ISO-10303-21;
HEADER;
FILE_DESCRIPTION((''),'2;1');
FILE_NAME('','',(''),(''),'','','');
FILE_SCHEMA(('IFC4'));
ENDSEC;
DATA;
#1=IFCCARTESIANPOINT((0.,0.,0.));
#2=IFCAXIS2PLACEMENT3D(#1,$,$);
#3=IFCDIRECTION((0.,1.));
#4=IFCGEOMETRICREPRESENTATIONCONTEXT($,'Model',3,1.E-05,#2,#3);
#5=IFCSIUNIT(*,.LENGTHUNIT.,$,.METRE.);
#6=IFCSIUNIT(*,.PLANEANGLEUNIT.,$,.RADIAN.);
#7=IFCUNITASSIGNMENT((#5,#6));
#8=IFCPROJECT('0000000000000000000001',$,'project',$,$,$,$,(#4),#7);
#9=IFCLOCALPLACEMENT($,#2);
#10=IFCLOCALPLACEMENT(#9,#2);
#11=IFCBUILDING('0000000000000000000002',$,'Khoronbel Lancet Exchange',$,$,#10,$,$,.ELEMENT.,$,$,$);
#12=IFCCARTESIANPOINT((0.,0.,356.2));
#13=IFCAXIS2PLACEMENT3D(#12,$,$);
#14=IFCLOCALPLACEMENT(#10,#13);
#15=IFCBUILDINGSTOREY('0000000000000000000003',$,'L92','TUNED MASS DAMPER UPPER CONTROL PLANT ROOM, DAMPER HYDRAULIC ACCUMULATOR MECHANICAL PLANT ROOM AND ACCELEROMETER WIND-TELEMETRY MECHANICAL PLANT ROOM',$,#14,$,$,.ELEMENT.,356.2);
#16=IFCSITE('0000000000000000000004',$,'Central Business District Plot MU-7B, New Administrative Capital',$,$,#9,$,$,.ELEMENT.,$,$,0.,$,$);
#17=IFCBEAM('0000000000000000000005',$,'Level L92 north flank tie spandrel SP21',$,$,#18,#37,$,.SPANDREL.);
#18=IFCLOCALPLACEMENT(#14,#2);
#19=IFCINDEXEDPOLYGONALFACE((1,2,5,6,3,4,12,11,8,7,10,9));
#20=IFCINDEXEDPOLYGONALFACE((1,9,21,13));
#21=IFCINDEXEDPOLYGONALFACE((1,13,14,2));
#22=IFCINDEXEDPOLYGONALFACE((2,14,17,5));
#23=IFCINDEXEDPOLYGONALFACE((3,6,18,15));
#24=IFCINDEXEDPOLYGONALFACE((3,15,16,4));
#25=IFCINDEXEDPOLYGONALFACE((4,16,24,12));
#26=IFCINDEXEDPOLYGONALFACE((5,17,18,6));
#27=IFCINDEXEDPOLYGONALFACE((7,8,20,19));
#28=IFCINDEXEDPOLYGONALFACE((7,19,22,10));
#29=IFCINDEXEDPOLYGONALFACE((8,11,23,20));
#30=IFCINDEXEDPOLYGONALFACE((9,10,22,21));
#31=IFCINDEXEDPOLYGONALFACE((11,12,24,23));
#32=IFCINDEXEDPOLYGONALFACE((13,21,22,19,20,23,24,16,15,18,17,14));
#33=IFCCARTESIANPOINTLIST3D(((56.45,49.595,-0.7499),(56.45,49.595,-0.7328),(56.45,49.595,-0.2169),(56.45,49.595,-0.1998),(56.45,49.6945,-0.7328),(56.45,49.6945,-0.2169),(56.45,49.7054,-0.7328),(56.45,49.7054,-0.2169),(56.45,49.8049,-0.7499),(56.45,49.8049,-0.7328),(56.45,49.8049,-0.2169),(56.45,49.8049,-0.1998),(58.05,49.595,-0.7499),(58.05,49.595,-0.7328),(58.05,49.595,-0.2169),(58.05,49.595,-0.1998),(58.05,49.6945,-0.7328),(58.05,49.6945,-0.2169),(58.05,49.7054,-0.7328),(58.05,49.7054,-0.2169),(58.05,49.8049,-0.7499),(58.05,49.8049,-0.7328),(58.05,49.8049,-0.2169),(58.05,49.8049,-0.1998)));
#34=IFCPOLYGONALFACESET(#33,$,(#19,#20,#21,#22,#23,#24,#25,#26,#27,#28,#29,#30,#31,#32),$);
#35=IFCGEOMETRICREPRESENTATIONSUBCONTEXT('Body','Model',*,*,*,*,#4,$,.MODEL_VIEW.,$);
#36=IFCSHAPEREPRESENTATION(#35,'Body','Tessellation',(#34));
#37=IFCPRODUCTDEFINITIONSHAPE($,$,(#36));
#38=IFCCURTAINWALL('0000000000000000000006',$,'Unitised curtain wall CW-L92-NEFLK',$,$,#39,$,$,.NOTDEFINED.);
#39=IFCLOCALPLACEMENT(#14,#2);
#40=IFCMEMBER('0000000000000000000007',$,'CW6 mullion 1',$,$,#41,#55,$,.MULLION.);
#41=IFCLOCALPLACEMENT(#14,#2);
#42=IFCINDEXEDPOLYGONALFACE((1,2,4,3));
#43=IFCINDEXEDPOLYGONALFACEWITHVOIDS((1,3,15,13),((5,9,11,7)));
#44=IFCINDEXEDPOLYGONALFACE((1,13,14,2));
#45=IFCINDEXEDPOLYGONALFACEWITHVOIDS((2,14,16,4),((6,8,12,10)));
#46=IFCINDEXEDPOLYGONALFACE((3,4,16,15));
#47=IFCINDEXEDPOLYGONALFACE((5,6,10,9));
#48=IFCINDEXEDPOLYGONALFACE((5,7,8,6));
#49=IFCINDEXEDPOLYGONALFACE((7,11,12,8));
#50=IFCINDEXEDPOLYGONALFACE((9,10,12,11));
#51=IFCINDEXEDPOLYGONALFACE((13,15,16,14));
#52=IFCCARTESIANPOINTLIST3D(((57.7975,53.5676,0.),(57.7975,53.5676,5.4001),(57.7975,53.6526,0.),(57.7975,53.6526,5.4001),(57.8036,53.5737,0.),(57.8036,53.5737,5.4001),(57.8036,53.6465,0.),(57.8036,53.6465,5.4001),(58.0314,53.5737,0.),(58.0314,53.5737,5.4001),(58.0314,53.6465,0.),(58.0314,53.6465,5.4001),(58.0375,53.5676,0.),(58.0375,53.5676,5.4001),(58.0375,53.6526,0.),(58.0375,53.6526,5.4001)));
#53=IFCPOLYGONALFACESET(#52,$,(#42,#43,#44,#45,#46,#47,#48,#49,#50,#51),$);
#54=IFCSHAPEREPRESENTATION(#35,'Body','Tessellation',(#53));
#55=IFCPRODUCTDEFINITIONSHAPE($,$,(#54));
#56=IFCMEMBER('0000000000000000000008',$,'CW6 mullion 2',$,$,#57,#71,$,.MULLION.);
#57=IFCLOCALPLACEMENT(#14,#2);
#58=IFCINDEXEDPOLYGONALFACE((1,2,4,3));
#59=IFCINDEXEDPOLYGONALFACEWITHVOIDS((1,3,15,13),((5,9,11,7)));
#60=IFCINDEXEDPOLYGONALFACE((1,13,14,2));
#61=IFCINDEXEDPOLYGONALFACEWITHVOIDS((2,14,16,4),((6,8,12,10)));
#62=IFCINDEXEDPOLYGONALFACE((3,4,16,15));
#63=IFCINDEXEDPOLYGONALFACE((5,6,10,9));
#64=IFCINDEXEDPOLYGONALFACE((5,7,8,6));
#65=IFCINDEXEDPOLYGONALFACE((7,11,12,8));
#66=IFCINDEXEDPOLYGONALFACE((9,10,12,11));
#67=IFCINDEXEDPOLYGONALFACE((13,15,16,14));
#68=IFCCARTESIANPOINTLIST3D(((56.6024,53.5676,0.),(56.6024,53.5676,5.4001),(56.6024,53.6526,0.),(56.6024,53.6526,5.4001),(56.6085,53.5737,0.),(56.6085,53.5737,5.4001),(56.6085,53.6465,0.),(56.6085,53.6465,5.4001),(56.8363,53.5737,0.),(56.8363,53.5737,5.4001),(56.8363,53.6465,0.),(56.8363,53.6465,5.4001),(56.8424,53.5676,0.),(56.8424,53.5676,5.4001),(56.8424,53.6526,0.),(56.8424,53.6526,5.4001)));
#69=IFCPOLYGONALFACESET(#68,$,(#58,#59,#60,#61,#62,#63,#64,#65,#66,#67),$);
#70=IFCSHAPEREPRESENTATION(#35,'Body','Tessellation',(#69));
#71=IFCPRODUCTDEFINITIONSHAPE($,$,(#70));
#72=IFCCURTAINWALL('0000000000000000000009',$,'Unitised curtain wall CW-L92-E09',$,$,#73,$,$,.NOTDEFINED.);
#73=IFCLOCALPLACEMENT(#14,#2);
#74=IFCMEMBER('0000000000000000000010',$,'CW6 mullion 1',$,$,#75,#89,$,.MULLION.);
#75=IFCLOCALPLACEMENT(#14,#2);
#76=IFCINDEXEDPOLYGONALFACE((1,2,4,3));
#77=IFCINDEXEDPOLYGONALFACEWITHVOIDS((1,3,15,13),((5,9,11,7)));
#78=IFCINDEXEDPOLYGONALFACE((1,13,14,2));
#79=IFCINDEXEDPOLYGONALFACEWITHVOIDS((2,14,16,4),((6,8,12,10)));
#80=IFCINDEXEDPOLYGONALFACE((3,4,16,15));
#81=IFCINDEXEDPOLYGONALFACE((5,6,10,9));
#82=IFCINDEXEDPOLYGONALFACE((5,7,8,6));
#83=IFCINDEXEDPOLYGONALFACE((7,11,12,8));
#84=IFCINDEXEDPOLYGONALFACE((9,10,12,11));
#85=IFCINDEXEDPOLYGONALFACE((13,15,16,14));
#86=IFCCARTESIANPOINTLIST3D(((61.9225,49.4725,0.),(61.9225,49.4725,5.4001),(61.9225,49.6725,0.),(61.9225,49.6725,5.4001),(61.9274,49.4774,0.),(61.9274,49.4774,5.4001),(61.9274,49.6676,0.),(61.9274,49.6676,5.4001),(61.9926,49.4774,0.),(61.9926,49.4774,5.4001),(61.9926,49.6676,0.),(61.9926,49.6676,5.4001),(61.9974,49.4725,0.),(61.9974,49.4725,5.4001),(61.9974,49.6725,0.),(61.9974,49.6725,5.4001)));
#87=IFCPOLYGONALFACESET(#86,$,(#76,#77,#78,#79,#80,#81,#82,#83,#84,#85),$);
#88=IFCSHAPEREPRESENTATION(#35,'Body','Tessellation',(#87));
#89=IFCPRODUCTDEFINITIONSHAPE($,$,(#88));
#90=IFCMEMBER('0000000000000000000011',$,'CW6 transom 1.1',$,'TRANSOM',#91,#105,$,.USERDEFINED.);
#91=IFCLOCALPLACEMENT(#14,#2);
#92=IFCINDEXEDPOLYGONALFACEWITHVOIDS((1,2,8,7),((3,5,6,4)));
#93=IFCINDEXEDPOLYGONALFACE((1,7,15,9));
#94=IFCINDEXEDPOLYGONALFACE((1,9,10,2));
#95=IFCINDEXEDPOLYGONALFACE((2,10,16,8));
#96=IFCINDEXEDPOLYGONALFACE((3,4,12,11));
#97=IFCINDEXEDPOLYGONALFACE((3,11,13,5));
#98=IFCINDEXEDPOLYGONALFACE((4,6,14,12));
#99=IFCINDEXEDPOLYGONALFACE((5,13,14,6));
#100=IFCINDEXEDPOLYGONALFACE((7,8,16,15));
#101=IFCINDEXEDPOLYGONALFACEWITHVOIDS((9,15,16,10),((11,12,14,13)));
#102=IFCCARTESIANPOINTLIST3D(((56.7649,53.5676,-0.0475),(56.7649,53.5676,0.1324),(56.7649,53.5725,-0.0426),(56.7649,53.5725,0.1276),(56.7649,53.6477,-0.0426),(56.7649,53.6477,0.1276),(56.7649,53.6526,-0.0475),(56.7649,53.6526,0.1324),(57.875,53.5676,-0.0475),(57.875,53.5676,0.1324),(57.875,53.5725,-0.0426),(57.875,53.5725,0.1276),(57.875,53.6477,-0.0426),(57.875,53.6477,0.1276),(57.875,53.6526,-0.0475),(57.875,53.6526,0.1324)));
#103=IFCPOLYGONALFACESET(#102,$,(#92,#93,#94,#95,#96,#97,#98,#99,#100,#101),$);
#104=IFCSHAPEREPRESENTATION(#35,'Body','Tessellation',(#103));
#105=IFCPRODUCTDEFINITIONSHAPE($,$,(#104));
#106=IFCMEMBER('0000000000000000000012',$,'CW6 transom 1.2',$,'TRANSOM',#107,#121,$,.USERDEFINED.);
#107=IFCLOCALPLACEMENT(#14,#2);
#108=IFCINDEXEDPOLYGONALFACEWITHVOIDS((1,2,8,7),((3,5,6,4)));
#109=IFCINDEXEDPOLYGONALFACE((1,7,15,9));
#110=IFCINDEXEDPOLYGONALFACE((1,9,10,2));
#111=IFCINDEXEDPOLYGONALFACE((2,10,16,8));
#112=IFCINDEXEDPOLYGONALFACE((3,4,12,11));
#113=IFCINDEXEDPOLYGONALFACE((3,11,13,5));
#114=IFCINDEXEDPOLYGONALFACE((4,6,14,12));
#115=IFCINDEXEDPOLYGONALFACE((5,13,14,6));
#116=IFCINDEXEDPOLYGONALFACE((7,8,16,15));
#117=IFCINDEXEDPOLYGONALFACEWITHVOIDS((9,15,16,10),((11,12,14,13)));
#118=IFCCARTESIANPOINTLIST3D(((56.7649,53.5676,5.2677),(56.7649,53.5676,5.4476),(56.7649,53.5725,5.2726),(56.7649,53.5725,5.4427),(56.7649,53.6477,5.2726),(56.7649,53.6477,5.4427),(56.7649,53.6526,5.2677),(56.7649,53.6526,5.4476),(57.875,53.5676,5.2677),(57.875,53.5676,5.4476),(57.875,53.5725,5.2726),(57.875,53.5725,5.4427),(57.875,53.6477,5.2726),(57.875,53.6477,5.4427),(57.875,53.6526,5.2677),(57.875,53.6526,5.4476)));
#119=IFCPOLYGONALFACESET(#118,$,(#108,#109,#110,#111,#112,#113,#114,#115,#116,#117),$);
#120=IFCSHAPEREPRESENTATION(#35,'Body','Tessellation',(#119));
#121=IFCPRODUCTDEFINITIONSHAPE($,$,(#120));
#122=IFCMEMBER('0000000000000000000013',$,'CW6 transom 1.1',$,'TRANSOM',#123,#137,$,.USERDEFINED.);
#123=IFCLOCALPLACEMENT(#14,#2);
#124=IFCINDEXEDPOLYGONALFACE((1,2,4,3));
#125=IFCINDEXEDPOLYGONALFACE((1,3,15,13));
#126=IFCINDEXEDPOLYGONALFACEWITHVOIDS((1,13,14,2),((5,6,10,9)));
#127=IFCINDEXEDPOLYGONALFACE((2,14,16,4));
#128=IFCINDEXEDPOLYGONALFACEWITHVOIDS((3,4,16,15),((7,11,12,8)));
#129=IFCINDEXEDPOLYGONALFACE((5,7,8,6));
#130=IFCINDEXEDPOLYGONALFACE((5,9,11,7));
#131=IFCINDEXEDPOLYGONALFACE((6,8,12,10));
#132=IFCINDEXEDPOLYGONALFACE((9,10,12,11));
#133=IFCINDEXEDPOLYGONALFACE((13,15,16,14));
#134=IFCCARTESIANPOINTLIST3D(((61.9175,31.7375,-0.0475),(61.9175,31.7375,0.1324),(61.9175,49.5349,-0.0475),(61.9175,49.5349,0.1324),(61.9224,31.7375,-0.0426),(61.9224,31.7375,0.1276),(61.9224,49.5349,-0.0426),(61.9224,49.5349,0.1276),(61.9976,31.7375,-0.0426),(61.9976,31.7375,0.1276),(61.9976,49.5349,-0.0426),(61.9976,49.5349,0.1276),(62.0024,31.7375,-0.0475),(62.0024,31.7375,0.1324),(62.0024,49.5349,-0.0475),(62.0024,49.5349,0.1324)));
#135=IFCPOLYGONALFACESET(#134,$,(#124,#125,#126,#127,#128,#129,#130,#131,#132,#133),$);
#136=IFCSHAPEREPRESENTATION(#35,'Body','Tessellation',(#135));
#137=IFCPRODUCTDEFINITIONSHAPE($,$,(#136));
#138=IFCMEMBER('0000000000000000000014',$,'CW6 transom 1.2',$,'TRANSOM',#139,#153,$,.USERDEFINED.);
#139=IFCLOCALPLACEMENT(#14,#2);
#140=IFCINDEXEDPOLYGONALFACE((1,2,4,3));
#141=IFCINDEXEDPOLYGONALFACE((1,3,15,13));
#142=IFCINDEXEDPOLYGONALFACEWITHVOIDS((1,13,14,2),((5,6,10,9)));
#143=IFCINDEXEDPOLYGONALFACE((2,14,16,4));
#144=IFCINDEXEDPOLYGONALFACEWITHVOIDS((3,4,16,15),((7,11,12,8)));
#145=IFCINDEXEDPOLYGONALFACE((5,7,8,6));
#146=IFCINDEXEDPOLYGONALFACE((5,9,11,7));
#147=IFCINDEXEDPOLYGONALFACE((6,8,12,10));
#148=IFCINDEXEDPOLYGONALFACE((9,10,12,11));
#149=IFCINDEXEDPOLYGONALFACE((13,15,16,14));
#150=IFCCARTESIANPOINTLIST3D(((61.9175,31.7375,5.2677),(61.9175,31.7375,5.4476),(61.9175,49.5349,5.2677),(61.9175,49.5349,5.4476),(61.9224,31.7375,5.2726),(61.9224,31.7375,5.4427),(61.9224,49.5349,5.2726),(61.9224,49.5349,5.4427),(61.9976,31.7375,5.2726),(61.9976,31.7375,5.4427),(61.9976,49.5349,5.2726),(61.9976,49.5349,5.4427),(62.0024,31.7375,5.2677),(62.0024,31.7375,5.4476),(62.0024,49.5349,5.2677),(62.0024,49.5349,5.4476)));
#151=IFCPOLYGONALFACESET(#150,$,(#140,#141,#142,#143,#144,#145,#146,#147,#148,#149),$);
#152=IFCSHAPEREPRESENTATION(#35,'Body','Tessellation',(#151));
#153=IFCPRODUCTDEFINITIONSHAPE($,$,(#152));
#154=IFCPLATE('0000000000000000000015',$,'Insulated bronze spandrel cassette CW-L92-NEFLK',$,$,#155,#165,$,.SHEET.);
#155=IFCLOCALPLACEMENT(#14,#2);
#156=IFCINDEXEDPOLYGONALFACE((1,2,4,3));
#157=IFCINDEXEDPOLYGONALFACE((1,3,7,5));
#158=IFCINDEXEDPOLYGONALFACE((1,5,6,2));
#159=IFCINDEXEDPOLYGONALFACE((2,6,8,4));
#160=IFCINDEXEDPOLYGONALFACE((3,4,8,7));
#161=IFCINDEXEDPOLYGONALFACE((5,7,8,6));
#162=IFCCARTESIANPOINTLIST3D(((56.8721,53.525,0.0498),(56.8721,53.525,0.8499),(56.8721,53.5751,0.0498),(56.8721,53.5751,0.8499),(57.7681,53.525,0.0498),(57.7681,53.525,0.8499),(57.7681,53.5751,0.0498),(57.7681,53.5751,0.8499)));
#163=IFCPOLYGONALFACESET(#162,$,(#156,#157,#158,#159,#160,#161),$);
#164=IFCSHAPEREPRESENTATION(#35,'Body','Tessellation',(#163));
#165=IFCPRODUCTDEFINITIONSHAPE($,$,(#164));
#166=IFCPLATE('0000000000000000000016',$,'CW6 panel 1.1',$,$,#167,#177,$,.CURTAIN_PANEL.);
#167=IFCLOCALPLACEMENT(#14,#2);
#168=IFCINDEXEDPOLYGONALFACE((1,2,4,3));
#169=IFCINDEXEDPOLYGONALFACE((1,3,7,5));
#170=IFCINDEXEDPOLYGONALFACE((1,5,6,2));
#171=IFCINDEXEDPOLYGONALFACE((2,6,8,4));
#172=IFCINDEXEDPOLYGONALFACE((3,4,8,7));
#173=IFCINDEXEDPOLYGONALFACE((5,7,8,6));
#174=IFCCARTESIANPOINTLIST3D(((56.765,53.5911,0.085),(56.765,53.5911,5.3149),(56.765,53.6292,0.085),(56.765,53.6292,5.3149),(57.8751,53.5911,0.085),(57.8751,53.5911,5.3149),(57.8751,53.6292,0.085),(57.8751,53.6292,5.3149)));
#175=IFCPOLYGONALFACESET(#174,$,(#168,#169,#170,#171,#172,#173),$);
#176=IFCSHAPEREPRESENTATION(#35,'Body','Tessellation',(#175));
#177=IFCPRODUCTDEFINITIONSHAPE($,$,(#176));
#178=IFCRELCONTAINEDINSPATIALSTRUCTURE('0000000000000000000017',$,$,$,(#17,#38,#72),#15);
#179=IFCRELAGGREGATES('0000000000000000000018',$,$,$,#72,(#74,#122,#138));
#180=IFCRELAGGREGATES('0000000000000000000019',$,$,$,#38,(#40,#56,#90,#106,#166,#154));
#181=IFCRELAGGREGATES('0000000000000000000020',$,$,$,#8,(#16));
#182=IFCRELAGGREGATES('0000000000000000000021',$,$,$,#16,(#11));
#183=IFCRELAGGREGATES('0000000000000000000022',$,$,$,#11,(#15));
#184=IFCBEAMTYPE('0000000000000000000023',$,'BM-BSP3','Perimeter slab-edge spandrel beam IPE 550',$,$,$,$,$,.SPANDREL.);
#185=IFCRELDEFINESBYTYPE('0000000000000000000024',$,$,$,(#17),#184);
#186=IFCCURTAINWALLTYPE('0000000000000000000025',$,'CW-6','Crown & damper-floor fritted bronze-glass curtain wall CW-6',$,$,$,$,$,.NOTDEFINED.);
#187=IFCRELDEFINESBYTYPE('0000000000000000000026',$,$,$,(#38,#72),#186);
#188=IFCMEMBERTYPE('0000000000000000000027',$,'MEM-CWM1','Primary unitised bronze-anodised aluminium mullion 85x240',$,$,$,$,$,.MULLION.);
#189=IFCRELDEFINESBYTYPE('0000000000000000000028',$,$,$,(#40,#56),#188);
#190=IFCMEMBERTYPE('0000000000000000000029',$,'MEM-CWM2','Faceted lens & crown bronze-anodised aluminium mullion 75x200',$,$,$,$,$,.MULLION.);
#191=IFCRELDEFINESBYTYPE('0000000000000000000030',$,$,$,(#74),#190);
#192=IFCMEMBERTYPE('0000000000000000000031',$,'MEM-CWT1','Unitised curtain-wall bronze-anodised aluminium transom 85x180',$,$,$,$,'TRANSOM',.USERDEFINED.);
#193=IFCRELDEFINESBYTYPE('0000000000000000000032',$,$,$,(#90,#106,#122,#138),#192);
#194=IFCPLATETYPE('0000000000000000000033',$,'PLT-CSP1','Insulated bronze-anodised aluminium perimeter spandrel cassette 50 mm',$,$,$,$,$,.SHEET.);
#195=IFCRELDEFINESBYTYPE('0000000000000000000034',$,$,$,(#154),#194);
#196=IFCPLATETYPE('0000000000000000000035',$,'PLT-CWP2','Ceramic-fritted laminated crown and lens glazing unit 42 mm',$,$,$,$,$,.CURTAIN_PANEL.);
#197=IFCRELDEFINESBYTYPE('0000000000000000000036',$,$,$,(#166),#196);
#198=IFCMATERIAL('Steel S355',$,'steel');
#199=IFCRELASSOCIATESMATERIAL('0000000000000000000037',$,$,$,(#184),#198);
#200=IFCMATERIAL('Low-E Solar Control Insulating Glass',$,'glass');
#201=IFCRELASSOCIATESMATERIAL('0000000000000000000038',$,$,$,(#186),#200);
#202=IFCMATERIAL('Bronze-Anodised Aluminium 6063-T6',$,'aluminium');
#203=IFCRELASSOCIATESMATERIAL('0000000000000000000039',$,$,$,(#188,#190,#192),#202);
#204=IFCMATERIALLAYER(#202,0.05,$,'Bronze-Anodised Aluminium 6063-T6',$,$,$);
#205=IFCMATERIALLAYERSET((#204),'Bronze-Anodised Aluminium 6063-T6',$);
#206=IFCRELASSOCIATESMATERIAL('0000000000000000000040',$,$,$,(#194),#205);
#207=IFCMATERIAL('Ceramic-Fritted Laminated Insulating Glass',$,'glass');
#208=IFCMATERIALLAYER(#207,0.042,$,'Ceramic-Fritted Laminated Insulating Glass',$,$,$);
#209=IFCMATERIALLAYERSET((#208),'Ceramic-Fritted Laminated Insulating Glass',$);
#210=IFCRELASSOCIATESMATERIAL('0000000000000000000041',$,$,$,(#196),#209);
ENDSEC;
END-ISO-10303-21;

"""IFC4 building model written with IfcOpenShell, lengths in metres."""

from ifc_helpers import new_model, si_unit, direction, frame, origin, origin_2d, place, context, subcontext, project, spatial, rectangle, hollow_rectangle, i_section, extrude, material, layer, layer_set, material_profile, profile_set, type_object, element, aggregate, save


model = new_model("IFC4")

# Units and contexts
model_context = context("Model", 3, precision=1e-05, world=origin(), true_north=direction((0.0, 1.0)))
body_context = subcontext(model_context, "Body", "Model", "MODEL_VIEW")
ifc_project = project(units=[si_unit("LENGTHUNIT", "METRE"), si_unit("PLANEANGLEUNIT", "RADIAN")], contexts=[model_context])

# Site, building, storey
site_placement = place(None, origin())
site = spatial("IfcSite", under=ifc_project, at=site_placement, Name="Central Business District Plot MU-7B, New Administrative Capital", CompositionType="ELEMENT", RefElevation=0.0)
building_placement = place(site_placement, origin())
building = spatial("IfcBuilding", under=site, at=building_placement, Name="Khoronbel Lancet Exchange", CompositionType="ELEMENT")
storey_placement = place(building_placement, frame((0.0, 0.0, 356.2)))
storey = spatial("IfcBuildingStorey", under=building, at=storey_placement, Name="L92", Description="TUNED MASS DAMPER UPPER CONTROL PLANT ROOM, DAMPER HYDRAULIC ACCUMULATOR MECHANICAL PLANT ROOM AND ACCELEROMETER WIND-TELEMETRY MECHANICAL PLANT ROOM", CompositionType="ELEMENT", Elevation=356.2)

# Shared definitions
ifc_material_1 = material(Name="Steel S355", Category="steel")

# Beam
ifc_material_profile_1 = material_profile(ifc_material_1, i_section(OverallWidth=0.21, OverallDepth=0.55, WebThickness=0.011, FlangeThickness=0.0171, at=origin_2d()), Name="IPE 550")
ifc_profile_set_1 = profile_set([ifc_material_profile_1], Name="Steel S355")
beam_type_1 = type_object("IfcBeamType", Name="BM-BSP3", Description="Perimeter slab-edge spandrel beam IPE 550", PredefinedType="SPANDREL", material=ifc_profile_set_1)
beam_1_placement = place(storey_placement, frame((58.05, 49.7, -0.4749), z_axis=(-1.0, 0.0, 0.0), x_axis=(0.0, -1.0, 0.0)))
element("IfcBeam", 1, at=beam_1_placement, inside=storey, type_object=beam_type_1, Name="Level L92 north flank tie spandrel SP21", PredefinedType="SPANDREL", context=body_context, shape_type="SweptSolid", body=[
    extrude(i_section(OverallWidth=0.21, OverallDepth=0.55, WebThickness=0.011, FlangeThickness=0.0171, at=origin_2d()), origin(), (0.0, 0.0, 1.0), 1.6001),
])

# Curtain wall, members
ifc_material_2 = material(Name="Low-E Solar Control Insulating Glass", Category="glass")
curtain_wall_type = type_object("IfcCurtainWallType", Name="CW-6", Description="Crown & damper-floor fritted bronze-glass curtain wall CW-6", PredefinedType="NOTDEFINED", material=ifc_material_2)
curtain_wall_1_placement = place(storey_placement, origin())
curtain_wall_1 = element("IfcCurtainWall", 2, at=curtain_wall_1_placement, inside=storey, type_object=curtain_wall_type, Name="Unitised curtain wall CW-L92-NEFLK", PredefinedType="NOTDEFINED")
ifc_material_3 = material(Name="Bronze-Anodised Aluminium 6063-T6", Category="aluminium")
ifc_material_profile_2 = material_profile(ifc_material_3, hollow_rectangle(XDim=0.085, YDim=0.24, WallThickness=0.0061, at=origin_2d()), Name="ALU MULLION 85x240")
ifc_profile_set_2 = profile_set([ifc_material_profile_2], Name="Bronze-Anodised Aluminium 6063-T6")
member_type_1 = type_object("IfcMemberType", Name="MEM-CWM1", Description="Primary unitised bronze-anodised aluminium mullion 85x240", PredefinedType="MULLION", material=ifc_profile_set_2)
member_1_placement = place(storey_placement, frame((57.9175, 53.6101, 0.0), z_axis=(0.0, 0.0, 1.0), x_axis=(0.0, -1.0, 0.0)))
member_1 = element("IfcMember", 3, at=member_1_placement, type_object=member_type_1, Name="CW6 mullion 1", PredefinedType="MULLION", context=body_context, shape_type="SweptSolid", body=[
    extrude(hollow_rectangle(XDim=0.085, YDim=0.24, WallThickness=0.0061, at=origin_2d()), origin(), (0.0, 0.0, 1.0), 5.4001),
])
member_2_placement = place(storey_placement, frame((56.7224, 53.6101, 0.0), z_axis=(0.0, 0.0, 1.0), x_axis=(0.0, -1.0, 0.0)))
member_2 = element("IfcMember", 4, at=member_2_placement, type_object=member_type_1, Name="CW6 mullion 2", PredefinedType="MULLION", context=body_context, shape_type="SweptSolid", body=[
    extrude(hollow_rectangle(XDim=0.085, YDim=0.24, WallThickness=0.0061, at=origin_2d()), origin(), (0.0, 0.0, 1.0), 5.4001),
])

# Curtain wall, member
curtain_wall_2_placement = place(storey_placement, origin())
curtain_wall_2 = element("IfcCurtainWall", 5, at=curtain_wall_2_placement, inside=storey, type_object=curtain_wall_type, Name="Unitised curtain wall CW-L92-E09", PredefinedType="NOTDEFINED")
ifc_material_profile_3 = material_profile(ifc_material_3, hollow_rectangle(XDim=0.075, YDim=0.2, WallThickness=0.0049, at=origin_2d()), Name="ALU MULLION 75x200")
ifc_profile_set_3 = profile_set([ifc_material_profile_3], Name="Bronze-Anodised Aluminium 6063-T6")
member_type_2 = type_object("IfcMemberType", Name="MEM-CWM2", Description="Faceted lens & crown bronze-anodised aluminium mullion 75x200", PredefinedType="MULLION", material=ifc_profile_set_3)
member_3_placement = place(storey_placement, frame((61.96, 49.5725, 0.0), z_axis=(0.0, 0.0, 1.0), x_axis=(1.0, 0.0, 0.0)))
member_3 = element("IfcMember", 6, at=member_3_placement, type_object=member_type_2, Name="CW6 mullion 1", PredefinedType="MULLION", context=body_context, shape_type="SweptSolid", body=[
    extrude(hollow_rectangle(XDim=0.075, YDim=0.2, WallThickness=0.0049, at=origin_2d()), origin(), (0.0, 0.0, 1.0), 5.4001),
])

# Members
ifc_material_profile_4 = material_profile(ifc_material_3, hollow_rectangle(XDim=0.085, YDim=0.1799, WallThickness=0.0049, at=origin_2d()), Name="ALU TRANSOM 85x180")
ifc_profile_set_4 = profile_set([ifc_material_profile_4], Name="Bronze-Anodised Aluminium 6063-T6")
member_type_3 = type_object("IfcMemberType", Name="MEM-CWT1", Description="Unitised curtain-wall bronze-anodised aluminium transom 85x180", ElementType="TRANSOM", PredefinedType="USERDEFINED", material=ifc_profile_set_4)
member_4_placement = place(storey_placement, frame((57.875, 53.6101, 0.0425), z_axis=(-1.0, 0.0, 0.0), x_axis=(0.0, -1.0, 0.0)))
member_4 = element("IfcMember", 7, at=member_4_placement, type_object=member_type_3, Name="CW6 transom 1.1", ObjectType="TRANSOM", PredefinedType="USERDEFINED", context=body_context, shape_type="SweptSolid", body=[
    extrude(hollow_rectangle(XDim=0.085, YDim=0.1799, WallThickness=0.0049, at=origin_2d()), origin(), (0.0, 0.0, 1.0), 1.1101),
])
member_5_placement = place(storey_placement, frame((57.875, 53.6101, 5.3577), z_axis=(-1.0, 0.0, 0.0), x_axis=(0.0, -1.0, 0.0)))
member_5 = element("IfcMember", 8, at=member_5_placement, type_object=member_type_3, Name="CW6 transom 1.2", ObjectType="TRANSOM", PredefinedType="USERDEFINED", context=body_context, shape_type="SweptSolid", body=[
    extrude(hollow_rectangle(XDim=0.085, YDim=0.1799, WallThickness=0.0049, at=origin_2d()), origin(), (0.0, 0.0, 1.0), 1.1101),
])
member_6_placement = place(storey_placement, frame((61.96, 49.5349, 0.0425), z_axis=(0.0, -1.0, 0.0), x_axis=(1.0, 0.0, 0.0)))
member_6 = element("IfcMember", 9, at=member_6_placement, type_object=member_type_3, Name="CW6 transom 1.1", ObjectType="TRANSOM", PredefinedType="USERDEFINED", context=body_context, shape_type="SweptSolid", body=[
    extrude(hollow_rectangle(XDim=0.085, YDim=0.1799, WallThickness=0.0049, at=origin_2d()), origin(), (0.0, 0.0, 1.0), 17.7974),
])
member_7_placement = place(storey_placement, frame((61.96, 49.5349, 5.3577), z_axis=(0.0, -1.0, 0.0), x_axis=(1.0, 0.0, 0.0)))
member_7 = element("IfcMember", 10, at=member_7_placement, type_object=member_type_3, Name="CW6 transom 1.2", ObjectType="TRANSOM", PredefinedType="USERDEFINED", context=body_context, shape_type="SweptSolid", body=[
    extrude(hollow_rectangle(XDim=0.085, YDim=0.1799, WallThickness=0.0049, at=origin_2d()), origin(), (0.0, 0.0, 1.0), 17.7974),
])
aggregate(curtain_wall_2, [member_3, member_6, member_7])

# Plates
ifc_layer_1 = layer(ifc_material_3, 0.05, Name="Bronze-Anodised Aluminium 6063-T6")
ifc_layer_set_1 = layer_set([ifc_layer_1], Name="Bronze-Anodised Aluminium 6063-T6")
plate_type_1 = type_object("IfcPlateType", Name="PLT-CSP1", Description="Insulated bronze-anodised aluminium perimeter spandrel cassette 50 mm", PredefinedType="SHEET", material=ifc_layer_set_1)
plate_1_placement = place(storey_placement, frame((57.3201, 53.55, 0.0498), z_axis=(0.0, 0.0, 1.0), x_axis=(-1.0, 0.0, 0.0)))
plate_1 = element("IfcPlate", 11, at=plate_1_placement, type_object=plate_type_1, Name="Insulated bronze spandrel cassette CW-L92-NEFLK", PredefinedType="SHEET", context=body_context, shape_type="SweptSolid", body=[
    extrude(rectangle(XDim=0.896, YDim=0.05, at=origin_2d()), origin(), (0.0, 0.0, 1.0), 0.8),
])
ifc_material_4 = material(Name="Ceramic-Fritted Laminated Insulating Glass", Category="glass")
ifc_layer_2 = layer(ifc_material_4, 0.042, Name="Ceramic-Fritted Laminated Insulating Glass")
ifc_layer_set_2 = layer_set([ifc_layer_2], Name="Ceramic-Fritted Laminated Insulating Glass")
plate_type_2 = type_object("IfcPlateType", Name="PLT-CWP2", Description="Ceramic-fritted laminated crown and lens glazing unit 42 mm", PredefinedType="CURTAIN_PANEL", material=ifc_layer_set_2)
plate_2_placement = place(storey_placement, frame((57.3201, 53.6101, 0.085), z_axis=(0.0, 0.0, 1.0), x_axis=(-1.0, 0.0, 0.0)))
plate_2 = element("IfcPlate", 12, at=plate_2_placement, type_object=plate_type_2, Name="CW6 panel 1.1", PredefinedType="CURTAIN_PANEL", context=body_context, shape_type="SweptSolid", body=[
    extrude(rectangle(XDim=1.1101, YDim=0.0381, at=origin_2d()), origin(), (0.0, 0.0, 1.0), 5.23),
])
aggregate(curtain_wall_1, [member_1, member_2, member_4, member_5, plate_2, plate_1])

save(model, "model.ifc")
